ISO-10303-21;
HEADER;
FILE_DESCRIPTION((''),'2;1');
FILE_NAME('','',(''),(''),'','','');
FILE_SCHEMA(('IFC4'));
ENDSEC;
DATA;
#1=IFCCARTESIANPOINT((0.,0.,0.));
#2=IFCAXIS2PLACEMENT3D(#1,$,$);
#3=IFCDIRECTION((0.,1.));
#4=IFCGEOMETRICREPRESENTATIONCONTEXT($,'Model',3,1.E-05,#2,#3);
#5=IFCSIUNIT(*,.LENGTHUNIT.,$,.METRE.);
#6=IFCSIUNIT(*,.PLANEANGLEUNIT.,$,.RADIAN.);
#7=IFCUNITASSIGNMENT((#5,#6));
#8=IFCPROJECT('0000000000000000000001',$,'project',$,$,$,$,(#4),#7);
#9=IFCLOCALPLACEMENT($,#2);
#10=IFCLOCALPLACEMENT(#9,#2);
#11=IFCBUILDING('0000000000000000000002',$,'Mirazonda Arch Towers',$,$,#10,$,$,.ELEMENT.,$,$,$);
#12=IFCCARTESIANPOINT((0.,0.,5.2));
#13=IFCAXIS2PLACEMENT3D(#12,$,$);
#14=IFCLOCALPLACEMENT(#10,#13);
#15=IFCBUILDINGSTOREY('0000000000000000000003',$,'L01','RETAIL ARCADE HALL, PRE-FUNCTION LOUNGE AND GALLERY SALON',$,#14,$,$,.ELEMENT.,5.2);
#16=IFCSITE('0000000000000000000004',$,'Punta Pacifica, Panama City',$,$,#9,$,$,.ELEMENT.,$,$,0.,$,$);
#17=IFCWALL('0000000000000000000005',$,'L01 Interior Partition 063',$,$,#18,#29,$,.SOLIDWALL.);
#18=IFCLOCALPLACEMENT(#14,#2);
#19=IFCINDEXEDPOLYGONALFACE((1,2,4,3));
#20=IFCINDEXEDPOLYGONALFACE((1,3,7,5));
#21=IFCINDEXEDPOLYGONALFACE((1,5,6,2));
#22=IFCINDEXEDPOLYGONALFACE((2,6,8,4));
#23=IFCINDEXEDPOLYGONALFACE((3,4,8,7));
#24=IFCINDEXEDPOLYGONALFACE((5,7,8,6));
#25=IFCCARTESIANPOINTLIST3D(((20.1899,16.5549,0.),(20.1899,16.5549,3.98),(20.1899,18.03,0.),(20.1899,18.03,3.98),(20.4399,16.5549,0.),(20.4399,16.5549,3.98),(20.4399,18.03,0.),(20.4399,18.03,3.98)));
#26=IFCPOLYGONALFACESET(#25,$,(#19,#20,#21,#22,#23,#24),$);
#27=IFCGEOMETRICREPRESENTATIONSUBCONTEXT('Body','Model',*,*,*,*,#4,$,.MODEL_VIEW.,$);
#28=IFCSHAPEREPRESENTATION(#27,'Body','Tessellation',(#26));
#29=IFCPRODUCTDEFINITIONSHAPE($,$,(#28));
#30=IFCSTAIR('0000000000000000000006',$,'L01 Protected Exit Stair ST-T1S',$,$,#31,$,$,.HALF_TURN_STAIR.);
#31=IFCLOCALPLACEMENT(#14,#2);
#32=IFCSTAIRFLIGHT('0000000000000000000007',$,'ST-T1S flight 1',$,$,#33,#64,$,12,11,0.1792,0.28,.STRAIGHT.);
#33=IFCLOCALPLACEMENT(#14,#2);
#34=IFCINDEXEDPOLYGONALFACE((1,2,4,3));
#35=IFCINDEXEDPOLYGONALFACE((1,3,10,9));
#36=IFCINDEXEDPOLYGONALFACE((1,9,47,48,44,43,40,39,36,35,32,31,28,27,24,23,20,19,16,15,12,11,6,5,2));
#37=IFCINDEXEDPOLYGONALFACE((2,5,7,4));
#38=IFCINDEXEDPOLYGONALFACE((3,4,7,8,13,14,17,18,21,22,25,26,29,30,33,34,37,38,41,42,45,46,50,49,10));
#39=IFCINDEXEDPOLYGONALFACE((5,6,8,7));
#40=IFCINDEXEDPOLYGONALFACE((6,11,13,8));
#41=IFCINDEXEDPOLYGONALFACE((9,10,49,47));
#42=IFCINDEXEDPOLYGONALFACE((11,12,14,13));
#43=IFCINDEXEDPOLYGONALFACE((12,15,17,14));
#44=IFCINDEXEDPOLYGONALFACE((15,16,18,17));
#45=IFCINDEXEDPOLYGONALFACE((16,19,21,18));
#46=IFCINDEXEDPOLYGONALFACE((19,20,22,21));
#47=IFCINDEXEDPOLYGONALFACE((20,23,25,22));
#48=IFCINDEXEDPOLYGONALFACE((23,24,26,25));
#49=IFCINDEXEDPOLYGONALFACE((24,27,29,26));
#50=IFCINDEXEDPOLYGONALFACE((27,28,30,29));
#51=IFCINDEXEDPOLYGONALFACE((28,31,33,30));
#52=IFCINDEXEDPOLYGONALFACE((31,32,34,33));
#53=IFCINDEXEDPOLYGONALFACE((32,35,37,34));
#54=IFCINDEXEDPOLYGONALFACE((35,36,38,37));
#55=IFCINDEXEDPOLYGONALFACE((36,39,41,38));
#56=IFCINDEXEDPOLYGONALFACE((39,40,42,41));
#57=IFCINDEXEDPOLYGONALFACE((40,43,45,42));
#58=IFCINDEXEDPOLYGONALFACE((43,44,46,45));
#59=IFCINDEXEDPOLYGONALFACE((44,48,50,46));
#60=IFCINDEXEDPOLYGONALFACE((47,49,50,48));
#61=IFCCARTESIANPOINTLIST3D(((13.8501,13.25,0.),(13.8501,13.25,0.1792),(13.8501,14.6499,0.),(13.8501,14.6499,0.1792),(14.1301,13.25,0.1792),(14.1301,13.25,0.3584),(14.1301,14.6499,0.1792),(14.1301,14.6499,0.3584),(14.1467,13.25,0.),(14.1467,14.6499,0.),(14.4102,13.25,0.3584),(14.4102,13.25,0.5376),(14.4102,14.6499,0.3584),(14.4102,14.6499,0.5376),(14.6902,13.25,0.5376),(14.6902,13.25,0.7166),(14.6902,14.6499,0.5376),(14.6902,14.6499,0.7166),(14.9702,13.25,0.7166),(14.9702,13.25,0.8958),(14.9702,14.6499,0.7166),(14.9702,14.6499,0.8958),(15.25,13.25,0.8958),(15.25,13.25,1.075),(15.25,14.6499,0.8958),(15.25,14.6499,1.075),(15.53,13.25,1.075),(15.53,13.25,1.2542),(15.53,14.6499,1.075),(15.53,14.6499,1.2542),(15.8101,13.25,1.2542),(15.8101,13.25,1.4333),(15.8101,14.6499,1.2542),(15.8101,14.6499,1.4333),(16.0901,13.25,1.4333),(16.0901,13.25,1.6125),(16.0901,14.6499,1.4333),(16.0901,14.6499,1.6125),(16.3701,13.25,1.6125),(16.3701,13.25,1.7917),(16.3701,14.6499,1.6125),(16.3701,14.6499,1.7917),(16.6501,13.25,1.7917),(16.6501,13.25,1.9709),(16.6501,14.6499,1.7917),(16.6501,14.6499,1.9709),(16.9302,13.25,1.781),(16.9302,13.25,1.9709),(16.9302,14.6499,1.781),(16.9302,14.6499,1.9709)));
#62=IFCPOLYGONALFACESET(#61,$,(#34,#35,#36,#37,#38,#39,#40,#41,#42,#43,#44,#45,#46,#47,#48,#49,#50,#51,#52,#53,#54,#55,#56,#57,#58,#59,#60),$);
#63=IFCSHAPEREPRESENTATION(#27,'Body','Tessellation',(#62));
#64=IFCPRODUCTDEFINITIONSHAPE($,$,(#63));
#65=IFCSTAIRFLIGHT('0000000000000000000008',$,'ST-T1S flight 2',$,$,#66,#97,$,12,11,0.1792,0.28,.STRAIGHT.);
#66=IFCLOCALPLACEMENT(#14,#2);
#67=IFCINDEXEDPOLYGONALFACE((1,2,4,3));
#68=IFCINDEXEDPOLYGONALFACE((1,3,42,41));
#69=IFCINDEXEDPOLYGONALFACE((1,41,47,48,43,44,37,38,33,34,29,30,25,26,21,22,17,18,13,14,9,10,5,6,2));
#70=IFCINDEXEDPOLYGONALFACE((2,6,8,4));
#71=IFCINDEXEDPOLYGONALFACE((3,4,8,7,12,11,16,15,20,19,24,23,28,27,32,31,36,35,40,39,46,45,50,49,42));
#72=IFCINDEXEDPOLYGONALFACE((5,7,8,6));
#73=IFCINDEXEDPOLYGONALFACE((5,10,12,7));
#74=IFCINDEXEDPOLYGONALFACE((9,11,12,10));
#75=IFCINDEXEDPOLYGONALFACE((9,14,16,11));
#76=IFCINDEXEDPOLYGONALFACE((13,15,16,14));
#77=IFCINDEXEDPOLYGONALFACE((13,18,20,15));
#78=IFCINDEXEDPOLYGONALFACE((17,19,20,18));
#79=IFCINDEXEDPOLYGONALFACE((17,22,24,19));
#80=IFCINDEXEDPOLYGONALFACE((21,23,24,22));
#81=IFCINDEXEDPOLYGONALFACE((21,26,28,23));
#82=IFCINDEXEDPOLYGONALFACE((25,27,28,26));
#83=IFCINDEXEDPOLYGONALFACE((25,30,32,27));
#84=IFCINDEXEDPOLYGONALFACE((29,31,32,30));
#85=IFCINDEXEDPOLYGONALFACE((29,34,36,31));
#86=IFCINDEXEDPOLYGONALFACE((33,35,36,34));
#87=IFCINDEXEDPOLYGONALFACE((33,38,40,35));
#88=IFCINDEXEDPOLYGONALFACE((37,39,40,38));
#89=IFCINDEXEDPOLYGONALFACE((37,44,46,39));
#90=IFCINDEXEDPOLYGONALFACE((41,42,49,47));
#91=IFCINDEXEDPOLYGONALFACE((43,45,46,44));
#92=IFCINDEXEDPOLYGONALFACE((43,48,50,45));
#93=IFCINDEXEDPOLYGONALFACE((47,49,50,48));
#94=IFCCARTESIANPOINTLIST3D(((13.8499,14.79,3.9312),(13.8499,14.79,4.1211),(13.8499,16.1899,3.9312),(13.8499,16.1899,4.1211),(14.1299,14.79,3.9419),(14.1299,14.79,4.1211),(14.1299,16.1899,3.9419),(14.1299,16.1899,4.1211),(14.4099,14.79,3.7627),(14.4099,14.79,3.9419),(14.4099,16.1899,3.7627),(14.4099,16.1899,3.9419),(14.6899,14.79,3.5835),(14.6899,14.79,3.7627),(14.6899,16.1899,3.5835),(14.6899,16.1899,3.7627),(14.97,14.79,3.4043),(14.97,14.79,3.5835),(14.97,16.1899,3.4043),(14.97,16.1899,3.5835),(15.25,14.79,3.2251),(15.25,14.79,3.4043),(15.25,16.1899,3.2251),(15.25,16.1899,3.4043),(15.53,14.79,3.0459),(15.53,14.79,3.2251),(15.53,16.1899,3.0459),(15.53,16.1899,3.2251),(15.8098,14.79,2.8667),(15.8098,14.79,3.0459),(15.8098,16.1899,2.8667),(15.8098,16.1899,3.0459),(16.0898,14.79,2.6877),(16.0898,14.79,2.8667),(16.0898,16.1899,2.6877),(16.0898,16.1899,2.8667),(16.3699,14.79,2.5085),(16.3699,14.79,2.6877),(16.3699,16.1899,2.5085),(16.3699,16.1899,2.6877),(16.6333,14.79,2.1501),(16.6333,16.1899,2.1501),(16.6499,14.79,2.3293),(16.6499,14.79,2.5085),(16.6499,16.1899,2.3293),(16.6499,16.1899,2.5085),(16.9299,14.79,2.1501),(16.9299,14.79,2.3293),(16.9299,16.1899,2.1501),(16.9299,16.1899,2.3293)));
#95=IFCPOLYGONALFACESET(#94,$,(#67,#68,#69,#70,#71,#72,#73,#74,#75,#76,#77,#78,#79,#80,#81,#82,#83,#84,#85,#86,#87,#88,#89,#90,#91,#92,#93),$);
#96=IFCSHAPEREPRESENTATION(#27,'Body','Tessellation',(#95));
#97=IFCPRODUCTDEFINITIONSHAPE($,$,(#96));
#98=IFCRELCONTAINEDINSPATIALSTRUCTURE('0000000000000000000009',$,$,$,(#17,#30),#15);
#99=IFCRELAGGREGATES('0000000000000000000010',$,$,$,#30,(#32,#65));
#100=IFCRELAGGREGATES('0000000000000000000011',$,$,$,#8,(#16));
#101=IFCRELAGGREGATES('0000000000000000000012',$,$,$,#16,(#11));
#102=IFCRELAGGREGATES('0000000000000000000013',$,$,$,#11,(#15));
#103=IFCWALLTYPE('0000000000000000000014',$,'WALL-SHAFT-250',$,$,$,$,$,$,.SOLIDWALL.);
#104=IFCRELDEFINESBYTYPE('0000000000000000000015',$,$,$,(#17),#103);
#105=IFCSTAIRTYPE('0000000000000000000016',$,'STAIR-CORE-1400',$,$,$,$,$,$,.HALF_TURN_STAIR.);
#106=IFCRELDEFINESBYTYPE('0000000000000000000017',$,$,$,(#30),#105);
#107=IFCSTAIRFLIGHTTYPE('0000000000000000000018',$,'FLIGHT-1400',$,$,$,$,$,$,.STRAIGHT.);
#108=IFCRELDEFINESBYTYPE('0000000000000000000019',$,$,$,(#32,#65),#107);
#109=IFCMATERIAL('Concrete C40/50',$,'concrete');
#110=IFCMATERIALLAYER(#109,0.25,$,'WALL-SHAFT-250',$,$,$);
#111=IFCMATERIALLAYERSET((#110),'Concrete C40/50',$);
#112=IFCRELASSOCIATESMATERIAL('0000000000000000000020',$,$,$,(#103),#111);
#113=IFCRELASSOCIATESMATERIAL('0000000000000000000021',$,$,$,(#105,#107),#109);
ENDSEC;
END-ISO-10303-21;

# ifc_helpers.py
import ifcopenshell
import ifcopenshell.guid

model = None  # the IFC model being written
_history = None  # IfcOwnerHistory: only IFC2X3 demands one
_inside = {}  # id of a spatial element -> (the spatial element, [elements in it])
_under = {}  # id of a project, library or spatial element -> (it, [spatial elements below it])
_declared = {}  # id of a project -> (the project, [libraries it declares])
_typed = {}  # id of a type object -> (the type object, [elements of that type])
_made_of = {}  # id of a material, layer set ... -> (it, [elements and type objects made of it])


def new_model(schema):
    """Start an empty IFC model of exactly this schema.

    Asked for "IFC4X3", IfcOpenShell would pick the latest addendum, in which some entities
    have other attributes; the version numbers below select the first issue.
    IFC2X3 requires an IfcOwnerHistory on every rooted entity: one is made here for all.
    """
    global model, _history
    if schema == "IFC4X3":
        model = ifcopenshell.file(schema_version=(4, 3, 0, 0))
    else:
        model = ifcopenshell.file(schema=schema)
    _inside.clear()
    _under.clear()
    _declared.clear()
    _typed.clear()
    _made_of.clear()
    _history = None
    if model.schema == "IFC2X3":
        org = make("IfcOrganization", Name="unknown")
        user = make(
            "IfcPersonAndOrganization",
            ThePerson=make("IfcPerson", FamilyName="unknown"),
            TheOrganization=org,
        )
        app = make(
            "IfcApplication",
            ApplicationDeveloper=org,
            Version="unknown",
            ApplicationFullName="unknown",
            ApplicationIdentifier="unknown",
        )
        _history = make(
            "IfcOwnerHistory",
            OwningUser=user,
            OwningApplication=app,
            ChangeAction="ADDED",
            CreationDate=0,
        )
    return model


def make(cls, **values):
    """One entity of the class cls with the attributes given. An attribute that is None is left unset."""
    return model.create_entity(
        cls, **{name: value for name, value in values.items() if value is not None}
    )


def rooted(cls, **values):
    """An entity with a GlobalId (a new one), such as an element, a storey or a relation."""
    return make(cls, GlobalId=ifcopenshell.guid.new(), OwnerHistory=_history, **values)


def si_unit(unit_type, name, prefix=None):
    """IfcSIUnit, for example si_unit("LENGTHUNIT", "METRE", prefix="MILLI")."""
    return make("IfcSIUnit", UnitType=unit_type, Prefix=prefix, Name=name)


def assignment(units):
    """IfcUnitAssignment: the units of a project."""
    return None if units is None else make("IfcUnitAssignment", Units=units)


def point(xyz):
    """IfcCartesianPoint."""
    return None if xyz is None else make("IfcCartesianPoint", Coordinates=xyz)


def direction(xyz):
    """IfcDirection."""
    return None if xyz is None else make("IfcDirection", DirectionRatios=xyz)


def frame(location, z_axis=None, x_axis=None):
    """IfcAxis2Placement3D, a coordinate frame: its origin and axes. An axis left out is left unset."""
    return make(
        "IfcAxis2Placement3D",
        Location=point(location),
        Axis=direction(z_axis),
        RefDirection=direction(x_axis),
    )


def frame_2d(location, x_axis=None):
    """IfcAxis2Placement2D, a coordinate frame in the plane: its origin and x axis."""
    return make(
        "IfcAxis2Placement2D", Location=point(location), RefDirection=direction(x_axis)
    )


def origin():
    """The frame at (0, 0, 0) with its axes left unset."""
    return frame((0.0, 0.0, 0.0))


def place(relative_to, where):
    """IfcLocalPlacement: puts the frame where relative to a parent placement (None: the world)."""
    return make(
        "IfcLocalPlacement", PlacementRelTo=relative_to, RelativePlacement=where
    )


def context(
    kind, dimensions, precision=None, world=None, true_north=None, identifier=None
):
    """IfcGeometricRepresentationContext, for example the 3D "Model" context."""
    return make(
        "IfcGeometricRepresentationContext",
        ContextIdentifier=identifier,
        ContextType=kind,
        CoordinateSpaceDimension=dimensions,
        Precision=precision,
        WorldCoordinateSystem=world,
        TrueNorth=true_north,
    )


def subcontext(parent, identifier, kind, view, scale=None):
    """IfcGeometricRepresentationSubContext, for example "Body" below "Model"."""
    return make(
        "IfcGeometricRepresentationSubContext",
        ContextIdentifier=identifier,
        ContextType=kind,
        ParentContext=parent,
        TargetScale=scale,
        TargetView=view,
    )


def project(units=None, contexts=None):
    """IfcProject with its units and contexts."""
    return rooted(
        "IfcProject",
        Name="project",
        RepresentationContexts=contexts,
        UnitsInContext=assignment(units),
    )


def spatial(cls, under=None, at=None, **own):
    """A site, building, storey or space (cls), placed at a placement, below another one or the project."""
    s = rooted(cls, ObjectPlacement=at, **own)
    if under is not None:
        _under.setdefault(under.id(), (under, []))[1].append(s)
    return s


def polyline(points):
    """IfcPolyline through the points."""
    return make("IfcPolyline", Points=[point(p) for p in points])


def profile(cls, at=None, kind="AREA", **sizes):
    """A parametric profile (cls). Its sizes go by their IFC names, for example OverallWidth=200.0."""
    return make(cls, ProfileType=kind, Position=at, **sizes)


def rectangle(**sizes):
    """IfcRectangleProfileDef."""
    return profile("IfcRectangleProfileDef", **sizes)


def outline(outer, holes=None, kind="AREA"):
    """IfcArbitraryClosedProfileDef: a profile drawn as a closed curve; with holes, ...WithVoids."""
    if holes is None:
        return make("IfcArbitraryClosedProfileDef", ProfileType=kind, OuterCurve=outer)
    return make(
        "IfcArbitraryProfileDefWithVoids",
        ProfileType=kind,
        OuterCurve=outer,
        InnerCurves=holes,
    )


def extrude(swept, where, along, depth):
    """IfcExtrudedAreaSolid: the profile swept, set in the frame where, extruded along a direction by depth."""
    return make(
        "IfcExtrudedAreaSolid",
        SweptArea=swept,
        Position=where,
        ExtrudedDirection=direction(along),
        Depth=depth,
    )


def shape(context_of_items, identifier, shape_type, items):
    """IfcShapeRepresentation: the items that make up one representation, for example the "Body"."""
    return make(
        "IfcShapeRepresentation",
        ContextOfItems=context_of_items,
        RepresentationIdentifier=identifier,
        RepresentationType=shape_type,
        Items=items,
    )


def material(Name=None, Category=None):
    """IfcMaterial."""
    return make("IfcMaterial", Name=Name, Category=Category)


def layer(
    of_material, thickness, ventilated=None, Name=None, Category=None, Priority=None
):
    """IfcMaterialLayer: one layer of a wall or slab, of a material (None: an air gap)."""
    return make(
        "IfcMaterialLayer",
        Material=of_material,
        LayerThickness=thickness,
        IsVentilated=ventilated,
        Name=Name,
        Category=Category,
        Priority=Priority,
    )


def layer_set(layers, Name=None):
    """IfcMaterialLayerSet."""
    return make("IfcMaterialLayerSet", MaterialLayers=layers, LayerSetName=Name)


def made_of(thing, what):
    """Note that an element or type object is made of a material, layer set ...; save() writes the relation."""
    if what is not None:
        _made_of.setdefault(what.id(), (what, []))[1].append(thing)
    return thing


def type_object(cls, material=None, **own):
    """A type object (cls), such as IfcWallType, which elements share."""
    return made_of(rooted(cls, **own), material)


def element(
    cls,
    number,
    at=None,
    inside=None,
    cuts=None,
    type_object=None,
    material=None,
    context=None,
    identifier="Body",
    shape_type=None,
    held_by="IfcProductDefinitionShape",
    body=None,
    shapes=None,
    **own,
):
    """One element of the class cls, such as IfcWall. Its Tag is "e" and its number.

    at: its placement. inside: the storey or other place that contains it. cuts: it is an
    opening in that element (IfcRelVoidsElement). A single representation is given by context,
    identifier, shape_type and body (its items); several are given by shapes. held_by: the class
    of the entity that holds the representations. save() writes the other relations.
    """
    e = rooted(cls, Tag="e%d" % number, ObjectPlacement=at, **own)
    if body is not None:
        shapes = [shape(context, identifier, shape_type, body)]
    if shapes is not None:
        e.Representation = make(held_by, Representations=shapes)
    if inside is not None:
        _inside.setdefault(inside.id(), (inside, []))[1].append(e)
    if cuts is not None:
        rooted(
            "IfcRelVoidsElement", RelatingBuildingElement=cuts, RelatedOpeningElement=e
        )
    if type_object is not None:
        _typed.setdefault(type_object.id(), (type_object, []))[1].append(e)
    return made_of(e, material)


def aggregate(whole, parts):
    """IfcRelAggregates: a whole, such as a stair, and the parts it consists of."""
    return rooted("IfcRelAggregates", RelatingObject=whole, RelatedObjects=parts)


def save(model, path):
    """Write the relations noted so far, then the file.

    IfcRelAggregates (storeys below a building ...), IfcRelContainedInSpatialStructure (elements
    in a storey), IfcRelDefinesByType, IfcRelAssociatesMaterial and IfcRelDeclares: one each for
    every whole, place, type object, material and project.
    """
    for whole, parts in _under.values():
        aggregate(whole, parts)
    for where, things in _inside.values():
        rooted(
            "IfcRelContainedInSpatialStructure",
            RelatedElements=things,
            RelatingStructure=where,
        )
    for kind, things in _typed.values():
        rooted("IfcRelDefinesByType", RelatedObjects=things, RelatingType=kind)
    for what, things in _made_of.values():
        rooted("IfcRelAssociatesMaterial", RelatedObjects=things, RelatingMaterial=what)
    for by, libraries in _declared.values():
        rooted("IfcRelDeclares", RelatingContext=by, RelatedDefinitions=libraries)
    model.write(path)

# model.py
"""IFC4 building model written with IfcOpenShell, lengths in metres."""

from ifc_helpers import new_model, si_unit, direction, frame, frame_2d, origin, place, context, subcontext, project, spatial, polyline, rectangle, outline, extrude, material, layer, layer_set, type_object, element, aggregate, save


model = new_model("IFC4")

# Units and contexts
model_context = context("Model", 3, precision=1e-05, world=origin(), true_north=direction((0.0, 1.0)))
body_context = subcontext(model_context, "Body", "Model", "MODEL_VIEW")
ifc_project = project(units=[si_unit("LENGTHUNIT", "METRE"), si_unit("PLANEANGLEUNIT", "RADIAN")], contexts=[model_context])

# Site, building, storey
site_placement = place(None, origin())
site = spatial("IfcSite", under=ifc_project, at=site_placement, Name="Punta Pacifica, Panama City", CompositionType="ELEMENT", RefElevation=0.0)
building_placement = place(site_placement, origin())
building = spatial("IfcBuilding", under=site, at=building_placement, Name="Mirazonda Arch Towers", CompositionType="ELEMENT")
storey_placement = place(building_placement, frame((0.0, 0.0, 5.2)))
storey = spatial("IfcBuildingStorey", under=building, at=storey_placement, Name="L01", Description="RETAIL ARCADE HALL, PRE-FUNCTION LOUNGE AND GALLERY SALON", CompositionType="ELEMENT", Elevation=5.2)

# Wall
ifc_material_1 = material(Name="Concrete C40/50", Category="concrete")
ifc_layer_1 = layer(ifc_material_1, 0.25, Name="WALL-SHAFT-250")
ifc_layer_set_1 = layer_set([ifc_layer_1], Name="Concrete C40/50")
wall_type_1 = type_object("IfcWallType", Name="WALL-SHAFT-250", PredefinedType="SOLIDWALL", material=ifc_layer_set_1)
wall_1_placement = place(storey_placement, frame((20.3149, 16.5549, 0.0), z_axis=(0.0, 0.0, 1.0), x_axis=(0.0, 1.0, 0.0)))
element("IfcWall", 1, at=wall_1_placement, inside=storey, type_object=wall_type_1, Name="L01 Interior Partition 063", PredefinedType="SOLIDWALL", context=body_context, shape_type="SweptSolid", body=[
    extrude(rectangle(XDim=1.4751, YDim=0.25, at=frame_2d((0.7375, 0.0))), origin(), (0.0, 0.0, 1.0), 3.98),
])

# Stair, stair flights
stair_type = type_object("IfcStairType", Name="STAIR-CORE-1400", PredefinedType="HALF_TURN_STAIR", material=ifc_material_1)
stair_placement = place(storey_placement, origin())
stair = element("IfcStair", 2, at=stair_placement, inside=storey, type_object=stair_type, Name="L01 Protected Exit Stair ST-T1S", PredefinedType="HALF_TURN_STAIR")
stair_flight_type = type_object("IfcStairFlightType", Name="FLIGHT-1400", PredefinedType="STRAIGHT", material=ifc_material_1)
stair_flight_1_placement = place(storey_placement, frame((13.8501, 13.95, 0.0), z_axis=(0.0, 0.0, 1.0), x_axis=(1.0, 0.0, 0.0)))
stair_flight_1 = element("IfcStairFlight", 3, at=stair_flight_1_placement, type_object=stair_flight_type, Name="ST-T1S flight 1", NumberOfRisers=12, NumberOfTreads=11, PredefinedType="STRAIGHT", RiserHeight=0.1792, TreadLength=0.28, context=body_context, shape_type="SweptSolid", body=[
    extrude(outline(polyline([(0.0, 0.0), (0.0, 0.1792), (0.28, 0.1792), (0.28, 0.3584), (0.5601, 0.3584), (0.5601, 0.5376), (0.8401, 0.5376), (0.8401, 0.7166), (1.1201, 0.7166), (1.1201, 0.8958), (1.3999, 0.8958), (1.3999, 1.075), (1.6799, 1.075), (1.6799, 1.2542), (1.96, 1.2542), (1.96, 1.4333), (2.24, 1.4333), (2.24, 1.6125), (2.52, 1.6125), (2.52, 1.7917), (2.8, 1.7917), (2.8, 1.9709), (3.0801, 1.9709), (3.0801, 2.1499), (3.0801, 1.781), (0.2966, 0.0), (0.0, 0.0)])), frame((0.0, 0.7, 0.0), z_axis=(0.0, -1.0, 0.0), x_axis=(1.0, 0.0, 0.0)), (0.0, 0.0, 1.0), 1.3999),
])
stair_flight_2_placement = place(storey_placement, frame((16.9299, 15.49, 2.1501), z_axis=(0.0, 0.0, 1.0), x_axis=(-1.0, 0.0, 0.0)))
stair_flight_2 = element("IfcStairFlight", 4, at=stair_flight_2_placement, type_object=stair_flight_type, Name="ST-T1S flight 2", NumberOfRisers=12, NumberOfTreads=11, PredefinedType="STRAIGHT", RiserHeight=0.1792, TreadLength=0.28, context=body_context, shape_type="SweptSolid", body=[
    extrude(outline(polyline([(0.0, 0.0), (0.0, 0.1792), (0.28, 0.1792), (0.28, 0.3584), (0.5601, 0.3584), (0.5601, 0.5376), (0.8401, 0.5376), (0.8401, 0.7166), (1.1201, 0.7166), (1.1201, 0.8958), (1.3999, 0.8958), (1.3999, 1.075), (1.6799, 1.075), (1.6799, 1.2542), (1.96, 1.2542), (1.96, 1.4333), (2.24, 1.4333), (2.24, 1.6125), (2.52, 1.6125), (2.52, 1.7917), (2.8, 1.7917), (2.8, 1.9709), (3.0801, 1.9709), (3.0801, 2.1499), (3.0801, 1.781), (0.2966, 0.0), (0.0, 0.0)])), frame((0.0, 0.7, 0.0), z_axis=(0.0, -1.0, 0.0), x_axis=(1.0, 0.0, 0.0)), (0.0, 0.0, 1.0), 1.3999),
])
aggregate(stair, [stair_flight_1, stair_flight_2])

save(model, "model.ifc")
